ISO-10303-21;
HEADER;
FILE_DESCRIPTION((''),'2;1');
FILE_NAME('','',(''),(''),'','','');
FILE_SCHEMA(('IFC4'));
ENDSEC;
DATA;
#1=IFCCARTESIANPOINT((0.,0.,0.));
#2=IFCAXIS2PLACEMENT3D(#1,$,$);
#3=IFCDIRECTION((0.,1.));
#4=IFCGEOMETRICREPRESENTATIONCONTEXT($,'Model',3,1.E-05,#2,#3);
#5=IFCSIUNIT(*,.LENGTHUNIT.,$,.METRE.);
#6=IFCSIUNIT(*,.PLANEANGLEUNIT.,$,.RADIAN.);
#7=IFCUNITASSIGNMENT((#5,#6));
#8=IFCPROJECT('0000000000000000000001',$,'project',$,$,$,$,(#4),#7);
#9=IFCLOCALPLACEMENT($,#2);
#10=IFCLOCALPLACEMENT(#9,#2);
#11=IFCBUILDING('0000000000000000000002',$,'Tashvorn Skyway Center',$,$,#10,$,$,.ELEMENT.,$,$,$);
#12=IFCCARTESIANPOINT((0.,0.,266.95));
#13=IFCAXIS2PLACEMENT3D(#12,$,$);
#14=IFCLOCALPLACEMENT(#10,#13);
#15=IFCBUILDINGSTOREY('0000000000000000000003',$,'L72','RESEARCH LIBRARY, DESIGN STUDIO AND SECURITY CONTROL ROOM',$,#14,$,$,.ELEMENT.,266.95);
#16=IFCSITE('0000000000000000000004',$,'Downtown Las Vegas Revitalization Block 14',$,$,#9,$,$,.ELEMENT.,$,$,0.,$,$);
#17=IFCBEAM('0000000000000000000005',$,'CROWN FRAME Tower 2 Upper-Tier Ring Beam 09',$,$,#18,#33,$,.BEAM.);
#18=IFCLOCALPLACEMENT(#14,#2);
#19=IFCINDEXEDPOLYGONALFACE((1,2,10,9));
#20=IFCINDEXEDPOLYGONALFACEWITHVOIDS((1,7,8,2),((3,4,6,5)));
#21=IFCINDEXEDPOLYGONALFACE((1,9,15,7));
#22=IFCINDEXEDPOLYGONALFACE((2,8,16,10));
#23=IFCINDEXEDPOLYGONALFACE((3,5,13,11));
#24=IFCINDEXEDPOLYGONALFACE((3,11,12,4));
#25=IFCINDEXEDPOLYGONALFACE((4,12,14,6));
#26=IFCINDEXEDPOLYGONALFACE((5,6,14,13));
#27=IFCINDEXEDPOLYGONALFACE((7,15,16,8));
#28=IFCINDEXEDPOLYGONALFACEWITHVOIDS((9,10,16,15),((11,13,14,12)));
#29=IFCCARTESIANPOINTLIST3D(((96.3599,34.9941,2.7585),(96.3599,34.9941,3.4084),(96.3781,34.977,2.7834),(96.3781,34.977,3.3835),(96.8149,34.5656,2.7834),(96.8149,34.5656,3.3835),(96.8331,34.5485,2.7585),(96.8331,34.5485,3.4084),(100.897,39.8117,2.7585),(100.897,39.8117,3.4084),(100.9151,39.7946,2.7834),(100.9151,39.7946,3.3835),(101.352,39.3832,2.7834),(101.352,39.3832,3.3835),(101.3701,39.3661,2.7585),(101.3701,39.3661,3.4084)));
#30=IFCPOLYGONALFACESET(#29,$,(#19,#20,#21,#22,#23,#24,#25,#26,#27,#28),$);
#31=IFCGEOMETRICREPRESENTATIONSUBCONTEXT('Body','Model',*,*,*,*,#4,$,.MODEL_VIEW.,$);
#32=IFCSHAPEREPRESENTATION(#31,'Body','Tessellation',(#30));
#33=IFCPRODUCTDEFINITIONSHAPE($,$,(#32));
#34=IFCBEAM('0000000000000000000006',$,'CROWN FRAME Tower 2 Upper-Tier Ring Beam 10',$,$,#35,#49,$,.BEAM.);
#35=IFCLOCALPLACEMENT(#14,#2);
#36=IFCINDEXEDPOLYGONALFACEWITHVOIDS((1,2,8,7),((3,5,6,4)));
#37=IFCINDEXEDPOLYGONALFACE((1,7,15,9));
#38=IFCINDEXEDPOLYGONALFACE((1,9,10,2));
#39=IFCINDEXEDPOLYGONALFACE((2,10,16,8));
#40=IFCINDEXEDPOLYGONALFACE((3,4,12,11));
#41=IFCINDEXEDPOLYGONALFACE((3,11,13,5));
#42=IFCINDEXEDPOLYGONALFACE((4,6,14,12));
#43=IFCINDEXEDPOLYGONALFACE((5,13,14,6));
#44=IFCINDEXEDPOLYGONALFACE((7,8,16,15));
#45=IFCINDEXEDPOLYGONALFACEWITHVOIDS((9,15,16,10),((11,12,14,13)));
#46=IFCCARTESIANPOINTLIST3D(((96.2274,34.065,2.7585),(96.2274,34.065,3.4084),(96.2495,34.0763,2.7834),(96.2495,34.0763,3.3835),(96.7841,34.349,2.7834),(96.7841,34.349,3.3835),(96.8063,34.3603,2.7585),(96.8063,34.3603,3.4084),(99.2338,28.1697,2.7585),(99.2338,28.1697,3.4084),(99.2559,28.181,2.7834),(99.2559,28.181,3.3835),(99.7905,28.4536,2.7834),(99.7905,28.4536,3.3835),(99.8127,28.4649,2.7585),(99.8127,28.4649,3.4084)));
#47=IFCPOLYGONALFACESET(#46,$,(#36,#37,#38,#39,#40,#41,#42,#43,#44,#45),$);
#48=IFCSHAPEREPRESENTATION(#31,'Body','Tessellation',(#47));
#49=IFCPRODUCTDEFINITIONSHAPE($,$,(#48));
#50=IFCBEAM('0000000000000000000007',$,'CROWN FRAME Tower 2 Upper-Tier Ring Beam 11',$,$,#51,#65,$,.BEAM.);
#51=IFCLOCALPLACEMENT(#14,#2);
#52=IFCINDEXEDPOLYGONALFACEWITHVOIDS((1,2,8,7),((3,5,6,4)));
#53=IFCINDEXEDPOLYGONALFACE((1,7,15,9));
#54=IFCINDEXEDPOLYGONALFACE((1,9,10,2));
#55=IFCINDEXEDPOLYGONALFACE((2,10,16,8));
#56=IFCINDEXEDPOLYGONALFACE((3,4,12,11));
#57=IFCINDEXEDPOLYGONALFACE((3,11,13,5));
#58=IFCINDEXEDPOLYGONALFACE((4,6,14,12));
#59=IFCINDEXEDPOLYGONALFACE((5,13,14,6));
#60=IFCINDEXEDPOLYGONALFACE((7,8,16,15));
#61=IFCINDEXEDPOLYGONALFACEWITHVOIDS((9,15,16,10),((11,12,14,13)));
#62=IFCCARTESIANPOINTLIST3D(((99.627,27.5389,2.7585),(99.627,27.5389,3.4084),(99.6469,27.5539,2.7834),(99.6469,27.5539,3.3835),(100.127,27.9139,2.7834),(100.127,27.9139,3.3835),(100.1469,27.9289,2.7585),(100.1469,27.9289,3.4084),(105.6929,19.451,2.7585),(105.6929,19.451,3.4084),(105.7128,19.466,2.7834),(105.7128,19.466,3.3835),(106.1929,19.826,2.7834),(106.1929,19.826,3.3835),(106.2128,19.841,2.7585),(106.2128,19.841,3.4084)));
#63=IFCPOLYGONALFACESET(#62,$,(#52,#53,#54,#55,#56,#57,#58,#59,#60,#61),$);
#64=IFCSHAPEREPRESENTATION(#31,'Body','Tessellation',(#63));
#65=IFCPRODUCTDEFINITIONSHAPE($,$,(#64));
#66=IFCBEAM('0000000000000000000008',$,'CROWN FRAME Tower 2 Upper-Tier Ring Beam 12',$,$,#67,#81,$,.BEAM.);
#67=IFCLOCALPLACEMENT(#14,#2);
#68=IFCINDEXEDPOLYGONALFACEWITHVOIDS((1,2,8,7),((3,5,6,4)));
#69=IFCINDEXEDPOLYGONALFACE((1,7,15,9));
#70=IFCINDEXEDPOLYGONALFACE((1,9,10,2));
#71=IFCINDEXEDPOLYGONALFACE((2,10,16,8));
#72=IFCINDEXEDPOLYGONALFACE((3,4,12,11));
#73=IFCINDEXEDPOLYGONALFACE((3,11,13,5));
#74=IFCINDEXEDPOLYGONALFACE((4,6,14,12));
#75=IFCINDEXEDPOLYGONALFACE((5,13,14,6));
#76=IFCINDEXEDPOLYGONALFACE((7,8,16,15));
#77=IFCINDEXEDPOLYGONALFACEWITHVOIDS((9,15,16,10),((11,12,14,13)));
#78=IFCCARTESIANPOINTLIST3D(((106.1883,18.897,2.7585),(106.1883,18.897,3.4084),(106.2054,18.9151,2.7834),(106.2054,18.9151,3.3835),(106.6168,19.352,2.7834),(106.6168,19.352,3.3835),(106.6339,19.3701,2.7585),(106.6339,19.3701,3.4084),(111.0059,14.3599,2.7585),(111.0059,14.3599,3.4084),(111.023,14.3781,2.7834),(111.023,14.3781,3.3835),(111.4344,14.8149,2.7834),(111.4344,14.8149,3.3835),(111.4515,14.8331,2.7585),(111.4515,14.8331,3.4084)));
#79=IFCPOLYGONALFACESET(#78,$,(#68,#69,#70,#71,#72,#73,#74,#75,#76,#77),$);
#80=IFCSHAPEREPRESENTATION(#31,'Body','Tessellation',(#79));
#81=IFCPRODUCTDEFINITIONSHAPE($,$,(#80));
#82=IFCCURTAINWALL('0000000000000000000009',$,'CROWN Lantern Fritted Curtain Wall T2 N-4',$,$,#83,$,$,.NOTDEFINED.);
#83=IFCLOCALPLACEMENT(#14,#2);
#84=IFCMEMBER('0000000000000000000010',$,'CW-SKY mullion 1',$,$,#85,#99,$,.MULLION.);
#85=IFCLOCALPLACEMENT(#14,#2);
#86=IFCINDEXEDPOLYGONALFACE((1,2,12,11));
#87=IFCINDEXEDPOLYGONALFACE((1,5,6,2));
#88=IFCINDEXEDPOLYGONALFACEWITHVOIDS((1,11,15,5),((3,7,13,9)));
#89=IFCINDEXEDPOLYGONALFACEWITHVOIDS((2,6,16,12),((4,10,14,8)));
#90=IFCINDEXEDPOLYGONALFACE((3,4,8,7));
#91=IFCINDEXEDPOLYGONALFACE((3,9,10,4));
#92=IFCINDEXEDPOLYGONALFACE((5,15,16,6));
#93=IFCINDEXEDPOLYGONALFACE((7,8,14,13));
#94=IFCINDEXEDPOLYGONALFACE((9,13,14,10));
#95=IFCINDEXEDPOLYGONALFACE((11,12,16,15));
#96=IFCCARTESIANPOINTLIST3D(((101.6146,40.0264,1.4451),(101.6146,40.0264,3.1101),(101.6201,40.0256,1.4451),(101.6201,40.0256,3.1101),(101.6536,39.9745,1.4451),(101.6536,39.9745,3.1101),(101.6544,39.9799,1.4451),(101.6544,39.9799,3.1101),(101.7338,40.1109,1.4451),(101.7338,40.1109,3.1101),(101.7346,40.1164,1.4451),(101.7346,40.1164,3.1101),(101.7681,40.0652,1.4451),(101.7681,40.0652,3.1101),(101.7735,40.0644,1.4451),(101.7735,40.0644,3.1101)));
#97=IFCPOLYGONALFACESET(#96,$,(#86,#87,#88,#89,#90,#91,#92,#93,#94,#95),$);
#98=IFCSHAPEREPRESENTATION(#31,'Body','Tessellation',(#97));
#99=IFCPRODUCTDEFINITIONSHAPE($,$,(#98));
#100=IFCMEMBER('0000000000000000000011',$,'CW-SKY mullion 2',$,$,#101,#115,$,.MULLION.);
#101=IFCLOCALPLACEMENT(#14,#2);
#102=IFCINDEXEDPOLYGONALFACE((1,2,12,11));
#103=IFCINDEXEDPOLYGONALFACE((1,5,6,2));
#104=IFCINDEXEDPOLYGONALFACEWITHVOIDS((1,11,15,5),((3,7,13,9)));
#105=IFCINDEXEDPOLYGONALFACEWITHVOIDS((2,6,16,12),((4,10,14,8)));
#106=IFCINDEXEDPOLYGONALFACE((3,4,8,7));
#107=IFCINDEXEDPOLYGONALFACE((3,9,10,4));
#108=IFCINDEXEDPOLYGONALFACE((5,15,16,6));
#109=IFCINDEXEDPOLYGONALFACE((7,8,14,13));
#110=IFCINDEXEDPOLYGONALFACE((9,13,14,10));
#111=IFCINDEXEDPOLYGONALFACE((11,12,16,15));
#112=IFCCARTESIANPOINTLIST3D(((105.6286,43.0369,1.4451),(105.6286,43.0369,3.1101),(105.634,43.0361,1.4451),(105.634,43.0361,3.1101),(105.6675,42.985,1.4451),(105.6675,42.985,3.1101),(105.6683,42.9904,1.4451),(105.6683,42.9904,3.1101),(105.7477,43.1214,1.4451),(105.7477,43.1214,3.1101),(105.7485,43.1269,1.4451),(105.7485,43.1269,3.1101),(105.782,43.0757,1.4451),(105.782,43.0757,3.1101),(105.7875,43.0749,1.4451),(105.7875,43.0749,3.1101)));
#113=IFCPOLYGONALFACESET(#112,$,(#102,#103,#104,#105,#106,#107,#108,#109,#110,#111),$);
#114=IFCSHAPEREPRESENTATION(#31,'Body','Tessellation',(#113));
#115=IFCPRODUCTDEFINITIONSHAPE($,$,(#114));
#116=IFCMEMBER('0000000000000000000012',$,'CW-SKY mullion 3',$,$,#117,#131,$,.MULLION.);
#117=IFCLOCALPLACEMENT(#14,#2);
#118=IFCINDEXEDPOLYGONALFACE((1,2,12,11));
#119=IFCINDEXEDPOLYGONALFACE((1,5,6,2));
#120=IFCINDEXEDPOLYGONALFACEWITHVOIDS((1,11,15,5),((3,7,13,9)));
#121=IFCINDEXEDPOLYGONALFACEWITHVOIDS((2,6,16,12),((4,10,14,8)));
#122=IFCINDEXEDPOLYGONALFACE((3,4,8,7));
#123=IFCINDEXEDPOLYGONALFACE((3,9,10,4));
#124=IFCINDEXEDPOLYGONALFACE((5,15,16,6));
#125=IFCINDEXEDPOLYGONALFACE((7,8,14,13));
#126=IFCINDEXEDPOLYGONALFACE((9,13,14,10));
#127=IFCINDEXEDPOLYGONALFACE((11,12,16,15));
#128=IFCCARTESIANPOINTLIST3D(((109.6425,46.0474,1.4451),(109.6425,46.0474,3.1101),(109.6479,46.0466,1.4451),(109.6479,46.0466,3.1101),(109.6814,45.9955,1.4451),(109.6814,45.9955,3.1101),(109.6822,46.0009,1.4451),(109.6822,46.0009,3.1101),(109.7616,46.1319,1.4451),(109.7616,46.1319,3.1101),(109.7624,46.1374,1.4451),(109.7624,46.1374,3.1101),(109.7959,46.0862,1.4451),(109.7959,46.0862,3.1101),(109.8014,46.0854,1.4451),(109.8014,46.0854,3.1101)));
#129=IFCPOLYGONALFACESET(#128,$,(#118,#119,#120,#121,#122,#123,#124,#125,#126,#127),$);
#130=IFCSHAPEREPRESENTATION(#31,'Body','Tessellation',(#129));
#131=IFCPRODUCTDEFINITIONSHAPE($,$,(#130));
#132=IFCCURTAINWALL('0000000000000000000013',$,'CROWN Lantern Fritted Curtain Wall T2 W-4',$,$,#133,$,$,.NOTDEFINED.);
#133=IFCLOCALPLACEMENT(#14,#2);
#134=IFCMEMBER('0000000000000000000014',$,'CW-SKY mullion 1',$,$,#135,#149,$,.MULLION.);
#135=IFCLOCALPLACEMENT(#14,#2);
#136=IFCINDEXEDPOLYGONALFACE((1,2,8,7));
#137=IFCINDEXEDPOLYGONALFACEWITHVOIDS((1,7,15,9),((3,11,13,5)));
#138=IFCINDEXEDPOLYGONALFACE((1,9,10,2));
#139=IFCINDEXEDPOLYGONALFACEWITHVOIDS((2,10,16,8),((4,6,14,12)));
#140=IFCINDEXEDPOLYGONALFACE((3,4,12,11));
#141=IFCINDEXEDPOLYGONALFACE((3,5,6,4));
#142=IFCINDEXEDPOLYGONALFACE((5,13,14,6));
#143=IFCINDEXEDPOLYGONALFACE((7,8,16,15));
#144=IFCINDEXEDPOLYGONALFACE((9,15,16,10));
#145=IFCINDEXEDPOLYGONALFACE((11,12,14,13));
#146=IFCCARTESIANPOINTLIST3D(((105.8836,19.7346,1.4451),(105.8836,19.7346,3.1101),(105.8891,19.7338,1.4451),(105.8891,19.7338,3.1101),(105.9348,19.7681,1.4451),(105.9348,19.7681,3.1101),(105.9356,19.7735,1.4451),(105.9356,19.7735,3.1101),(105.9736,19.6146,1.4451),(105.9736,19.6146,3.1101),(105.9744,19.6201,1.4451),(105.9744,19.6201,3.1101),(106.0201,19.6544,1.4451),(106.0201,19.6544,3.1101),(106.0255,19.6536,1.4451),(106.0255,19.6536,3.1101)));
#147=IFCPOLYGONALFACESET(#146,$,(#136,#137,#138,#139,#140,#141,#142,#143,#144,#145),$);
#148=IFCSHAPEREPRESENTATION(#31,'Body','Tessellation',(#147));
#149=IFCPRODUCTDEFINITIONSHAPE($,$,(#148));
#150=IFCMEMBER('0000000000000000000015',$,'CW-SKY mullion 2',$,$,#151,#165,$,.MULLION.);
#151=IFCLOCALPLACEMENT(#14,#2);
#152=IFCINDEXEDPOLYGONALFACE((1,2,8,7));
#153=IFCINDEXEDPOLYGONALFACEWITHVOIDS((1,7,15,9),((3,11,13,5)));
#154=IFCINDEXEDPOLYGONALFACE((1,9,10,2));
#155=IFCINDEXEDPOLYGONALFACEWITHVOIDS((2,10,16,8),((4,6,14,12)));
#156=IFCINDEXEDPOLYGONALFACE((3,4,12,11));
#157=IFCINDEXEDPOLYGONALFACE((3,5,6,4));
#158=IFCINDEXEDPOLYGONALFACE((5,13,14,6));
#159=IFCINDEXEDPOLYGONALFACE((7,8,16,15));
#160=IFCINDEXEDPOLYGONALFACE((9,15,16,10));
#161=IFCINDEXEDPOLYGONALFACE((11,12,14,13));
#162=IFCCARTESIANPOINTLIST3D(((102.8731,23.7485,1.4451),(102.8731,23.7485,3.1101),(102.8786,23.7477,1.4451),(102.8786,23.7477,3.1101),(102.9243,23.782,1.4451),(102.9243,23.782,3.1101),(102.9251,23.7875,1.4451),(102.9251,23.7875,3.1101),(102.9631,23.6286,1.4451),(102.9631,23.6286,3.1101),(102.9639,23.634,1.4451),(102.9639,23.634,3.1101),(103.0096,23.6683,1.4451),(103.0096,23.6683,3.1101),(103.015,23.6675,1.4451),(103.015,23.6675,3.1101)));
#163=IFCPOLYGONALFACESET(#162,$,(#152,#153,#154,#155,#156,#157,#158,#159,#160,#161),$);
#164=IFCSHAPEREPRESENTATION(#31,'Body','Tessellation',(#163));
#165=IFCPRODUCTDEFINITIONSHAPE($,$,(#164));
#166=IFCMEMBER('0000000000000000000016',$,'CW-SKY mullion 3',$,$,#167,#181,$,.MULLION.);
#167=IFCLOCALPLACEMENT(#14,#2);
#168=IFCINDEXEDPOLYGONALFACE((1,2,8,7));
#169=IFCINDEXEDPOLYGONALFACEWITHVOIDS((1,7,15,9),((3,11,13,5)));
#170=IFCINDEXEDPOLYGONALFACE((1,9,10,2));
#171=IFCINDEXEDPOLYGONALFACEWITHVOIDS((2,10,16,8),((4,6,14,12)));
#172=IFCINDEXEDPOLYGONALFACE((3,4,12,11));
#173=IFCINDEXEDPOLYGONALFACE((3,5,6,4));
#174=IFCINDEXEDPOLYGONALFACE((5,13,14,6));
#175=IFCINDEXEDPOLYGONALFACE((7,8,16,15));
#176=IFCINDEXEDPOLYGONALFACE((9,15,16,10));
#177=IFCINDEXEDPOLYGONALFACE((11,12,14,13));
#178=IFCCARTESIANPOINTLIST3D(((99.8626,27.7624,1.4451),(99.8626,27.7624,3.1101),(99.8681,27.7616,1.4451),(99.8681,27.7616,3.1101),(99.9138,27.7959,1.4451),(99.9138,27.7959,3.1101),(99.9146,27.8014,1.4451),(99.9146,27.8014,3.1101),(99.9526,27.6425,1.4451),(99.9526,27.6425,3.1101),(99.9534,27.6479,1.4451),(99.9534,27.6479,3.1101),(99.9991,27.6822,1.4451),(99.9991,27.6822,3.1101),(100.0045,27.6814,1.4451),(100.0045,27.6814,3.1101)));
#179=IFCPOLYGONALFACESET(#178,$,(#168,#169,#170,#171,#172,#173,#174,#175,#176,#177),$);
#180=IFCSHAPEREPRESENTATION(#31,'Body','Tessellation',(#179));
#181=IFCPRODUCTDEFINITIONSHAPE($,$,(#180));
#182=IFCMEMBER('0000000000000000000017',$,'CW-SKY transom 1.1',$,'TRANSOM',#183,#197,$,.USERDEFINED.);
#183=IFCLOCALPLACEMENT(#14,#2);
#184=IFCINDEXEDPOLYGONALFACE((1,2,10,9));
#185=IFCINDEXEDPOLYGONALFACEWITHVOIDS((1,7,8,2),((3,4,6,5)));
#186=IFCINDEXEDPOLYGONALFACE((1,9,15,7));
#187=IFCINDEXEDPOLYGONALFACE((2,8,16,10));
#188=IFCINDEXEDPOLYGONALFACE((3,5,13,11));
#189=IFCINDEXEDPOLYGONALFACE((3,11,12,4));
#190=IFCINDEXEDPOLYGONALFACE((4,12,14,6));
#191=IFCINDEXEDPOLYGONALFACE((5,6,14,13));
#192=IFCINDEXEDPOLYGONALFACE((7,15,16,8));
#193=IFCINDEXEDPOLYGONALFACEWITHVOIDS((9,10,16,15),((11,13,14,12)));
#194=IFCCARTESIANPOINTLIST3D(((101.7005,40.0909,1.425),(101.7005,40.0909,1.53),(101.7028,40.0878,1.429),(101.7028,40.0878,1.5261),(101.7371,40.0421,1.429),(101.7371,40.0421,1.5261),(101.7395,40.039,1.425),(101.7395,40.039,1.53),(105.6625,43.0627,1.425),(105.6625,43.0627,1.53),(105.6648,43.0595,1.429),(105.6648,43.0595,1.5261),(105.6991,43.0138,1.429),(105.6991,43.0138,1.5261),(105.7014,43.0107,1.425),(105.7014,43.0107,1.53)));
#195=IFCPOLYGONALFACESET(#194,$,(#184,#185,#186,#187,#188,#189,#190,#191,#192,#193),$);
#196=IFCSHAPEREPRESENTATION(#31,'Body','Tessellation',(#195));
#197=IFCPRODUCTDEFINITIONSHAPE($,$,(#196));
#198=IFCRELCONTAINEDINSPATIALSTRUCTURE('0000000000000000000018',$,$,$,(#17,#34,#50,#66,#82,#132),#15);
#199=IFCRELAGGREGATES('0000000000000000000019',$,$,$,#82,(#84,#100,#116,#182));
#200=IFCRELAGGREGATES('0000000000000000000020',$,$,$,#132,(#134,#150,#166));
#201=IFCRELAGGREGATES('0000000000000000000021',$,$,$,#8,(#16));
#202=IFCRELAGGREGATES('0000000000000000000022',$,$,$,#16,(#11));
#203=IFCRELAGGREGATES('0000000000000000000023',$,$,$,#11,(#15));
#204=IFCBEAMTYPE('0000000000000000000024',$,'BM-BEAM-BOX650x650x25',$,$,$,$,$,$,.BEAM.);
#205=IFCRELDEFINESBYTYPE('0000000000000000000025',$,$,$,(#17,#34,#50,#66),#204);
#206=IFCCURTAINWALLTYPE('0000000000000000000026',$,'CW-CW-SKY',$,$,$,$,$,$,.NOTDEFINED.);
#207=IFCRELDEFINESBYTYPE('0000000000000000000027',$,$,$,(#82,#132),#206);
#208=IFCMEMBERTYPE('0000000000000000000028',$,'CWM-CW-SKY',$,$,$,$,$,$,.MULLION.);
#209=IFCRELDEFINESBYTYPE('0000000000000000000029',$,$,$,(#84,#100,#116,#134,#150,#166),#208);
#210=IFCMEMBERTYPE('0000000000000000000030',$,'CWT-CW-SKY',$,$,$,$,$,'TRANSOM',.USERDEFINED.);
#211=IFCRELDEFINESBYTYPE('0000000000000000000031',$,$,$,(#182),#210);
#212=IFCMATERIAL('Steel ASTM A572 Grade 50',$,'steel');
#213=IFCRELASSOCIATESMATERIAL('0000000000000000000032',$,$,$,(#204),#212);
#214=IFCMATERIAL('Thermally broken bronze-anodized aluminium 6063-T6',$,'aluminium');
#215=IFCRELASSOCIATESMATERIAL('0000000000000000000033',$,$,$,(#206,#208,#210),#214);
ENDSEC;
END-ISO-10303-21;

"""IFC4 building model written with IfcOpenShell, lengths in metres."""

from ifc_helpers import new_model, si_unit, direction, frame, origin, origin_2d, place, context, subcontext, project, spatial, hollow_rectangle, extrude, material, material_profile, profile_set, type_object, element, aggregate, save


model = new_model("IFC4")

# Units and contexts
model_context = context("Model", 3, precision=1e-05, world=origin(), true_north=direction((0.0, 1.0)))
body_context = subcontext(model_context, "Body", "Model", "MODEL_VIEW")
ifc_project = project(units=[si_unit("LENGTHUNIT", "METRE"), si_unit("PLANEANGLEUNIT", "RADIAN")], contexts=[model_context])

# Site, building, storey
site_placement = place(None, origin())
site = spatial("IfcSite", under=ifc_project, at=site_placement, Name="Downtown Las Vegas Revitalization Block 14", CompositionType="ELEMENT", RefElevation=0.0)
building_placement = place(site_placement, origin())
building = spatial("IfcBuilding", under=site, at=building_placement, Name="Tashvorn Skyway Center", CompositionType="ELEMENT")
storey_placement = place(building_placement, frame((0.0, 0.0, 266.95)))
storey = spatial("IfcBuildingStorey", under=building, at=storey_placement, Name="L72", Description="RESEARCH LIBRARY, DESIGN STUDIO AND SECURITY CONTROL ROOM", CompositionType="ELEMENT", Elevation=266.95)

# Beams
ifc_material_1 = material(Name="Steel ASTM A572 Grade 50", Category="steel")
ifc_material_profile_1 = material_profile(ifc_material_1, hollow_rectangle(XDim=0.6499, YDim=0.6499, WallThickness=0.0249, at=origin_2d()), Name="BOX650x650x25")
ifc_profile_set_1 = profile_set([ifc_material_profile_1], Name="Steel ASTM A572 Grade 50")
beam_type = type_object("IfcBeamType", Name="BM-BEAM-BOX650x650x25", PredefinedType="BEAM", material=ifc_profile_set_1)
for number, where, z_axis, x_axis, name in (
    (1, (101.1335, 39.5889, 3.0835), (-0.685595, -0.727983, 0.0), (0.727983, -0.685595, 0.0), "CROWN FRAME Tower 2 Upper-Tier Ring Beam 09"),
    (2, (96.5168, 34.2126, 3.0835), (0.454298, -0.89085, 0.0), (0.89085, 0.454298, 0.0), "CROWN FRAME Tower 2 Upper-Tier Ring Beam 10"),
):
    element("IfcBeam", number, at=place(storey_placement, frame(where, z_axis=z_axis, x_axis=x_axis)), inside=storey, type_object=beam_type, Name=name, PredefinedType="BEAM", context=body_context, shape_type="SweptSolid", body=[
        extrude(hollow_rectangle(XDim=0.6499, YDim=0.6499, WallThickness=0.0249, at=origin_2d()), origin(), (0.0, 0.0, 1.0), 6.6177),
    ])
beam_1_placement = place(storey_placement, frame((99.887, 27.7339, 3.0835), z_axis=(0.6, -0.8, 0.0), x_axis=(0.8, 0.6, 0.0)))
element("IfcBeam", 3, at=beam_1_placement, inside=storey, type_object=beam_type, Name="CROWN FRAME Tower 2 Upper-Tier Ring Beam 11", PredefinedType="BEAM", context=body_context, shape_type="SweptSolid", body=[
    extrude(hollow_rectangle(XDim=0.6499, YDim=0.6499, WallThickness=0.0249, at=origin_2d()), origin(), (0.0, 0.0, 1.0), 10.1099),
])
beam_2_placement = place(storey_placement, frame((106.4111, 19.1335, 3.0835), z_axis=(0.727983, -0.685595, 0.0), x_axis=(0.685595, 0.727983, 0.0)))
element("IfcBeam", 4, at=beam_2_placement, inside=storey, type_object=beam_type, Name="CROWN FRAME Tower 2 Upper-Tier Ring Beam 12", PredefinedType="BEAM", context=body_context, shape_type="SweptSolid", body=[
    extrude(hollow_rectangle(XDim=0.6499, YDim=0.6499, WallThickness=0.0249, at=origin_2d()), origin(), (0.0, 0.0, 1.0), 6.6177),
])

# Curtain walls, members
ifc_material_2 = material(Name="Thermally broken bronze-anodized aluminium 6063-T6", Category="aluminium")
curtain_wall_type = type_object("IfcCurtainWallType", Name="CW-CW-SKY", PredefinedType="NOTDEFINED", material=ifc_material_2)
curtain_wall_1_placement = place(storey_placement, origin())
curtain_wall_1 = element("IfcCurtainWall", 5, at=curtain_wall_1_placement, inside=storey, type_object=curtain_wall_type, Name="CROWN Lantern Fritted Curtain Wall T2 N-4", PredefinedType="NOTDEFINED")
ifc_material_profile_2 = material_profile(ifc_material_2, hollow_rectangle(XDim=0.0649, YDim=0.1499, WallThickness=0.0039, at=origin_2d()), Name="ALU-MULL-65x150")
ifc_profile_set_2 = profile_set([ifc_material_profile_2], Name="Thermally broken bronze-anodized aluminium 6063-T6")
member_type_1 = type_object("IfcMemberType", Name="CWM-CW-SKY", PredefinedType="MULLION", material=ifc_profile_set_2)
member_1_placement = place(storey_placement, frame((101.6941, 40.0454, 1.4451), z_axis=(0.0, 0.0, 1.0), x_axis=(-0.6, 0.8, 0.0)))
member_1 = element("IfcMember", 6, at=member_1_placement, type_object=member_type_1, Name="CW-SKY mullion 1", PredefinedType="MULLION", context=body_context, shape_type="SweptSolid", body=[
    extrude(hollow_rectangle(XDim=0.0649, YDim=0.1499, WallThickness=0.0039, at=origin_2d()), origin(), (0.0, 0.0, 1.0), 1.665),
])
member_2_placement = place(storey_placement, frame((105.708, 43.0559, 1.4451), z_axis=(0.0, 0.0, 1.0), x_axis=(-0.6, 0.8, 0.0)))
member_2 = element("IfcMember", 7, at=member_2_placement, type_object=member_type_1, Name="CW-SKY mullion 2", PredefinedType="MULLION", context=body_context, shape_type="SweptSolid", body=[
    extrude(hollow_rectangle(XDim=0.0649, YDim=0.1499, WallThickness=0.0039, at=origin_2d()), origin(), (0.0, 0.0, 1.0), 1.665),
])
member_3_placement = place(storey_placement, frame((109.7219, 46.0664, 1.4451), z_axis=(0.0, 0.0, 1.0), x_axis=(-0.6, 0.8, 0.0)))
member_3 = element("IfcMember", 8, at=member_3_placement, type_object=member_type_1, Name="CW-SKY mullion 3", PredefinedType="MULLION", context=body_context, shape_type="SweptSolid", body=[
    extrude(hollow_rectangle(XDim=0.0649, YDim=0.1499, WallThickness=0.0039, at=origin_2d()), origin(), (0.0, 0.0, 1.0), 1.665),
])
curtain_wall_2_placement = place(storey_placement, origin())
curtain_wall_2 = element("IfcCurtainWall", 9, at=curtain_wall_2_placement, inside=storey, type_object=curtain_wall_type, Name="CROWN Lantern Fritted Curtain Wall T2 W-4", PredefinedType="NOTDEFINED")
member_4_placement = place(storey_placement, frame((105.9546, 19.6941, 1.4451), z_axis=(0.0, 0.0, 1.0), x_axis=(-0.8, -0.6, 0.0)))
member_4 = element("IfcMember", 10, at=member_4_placement, type_object=member_type_1, Name="CW-SKY mullion 1", PredefinedType="MULLION", context=body_context, shape_type="SweptSolid", body=[
    extrude(hollow_rectangle(XDim=0.0649, YDim=0.1499, WallThickness=0.0039, at=origin_2d()), origin(), (0.0, 0.0, 1.0), 1.665),
])
member_5_placement = place(storey_placement, frame((102.9441, 23.708, 1.4451), z_axis=(0.0, 0.0, 1.0), x_axis=(-0.8, -0.6, 0.0)))
member_5 = element("IfcMember", 11, at=member_5_placement, type_object=member_type_1, Name="CW-SKY mullion 2", PredefinedType="MULLION", context=body_context, shape_type="SweptSolid", body=[
    extrude(hollow_rectangle(XDim=0.0649, YDim=0.1499, WallThickness=0.0039, at=origin_2d()), origin(), (0.0, 0.0, 1.0), 1.665),
])
member_6_placement = place(storey_placement, frame((99.9336, 27.7219, 1.4451), z_axis=(0.0, 0.0, 1.0), x_axis=(-0.8, -0.6, 0.0)))
member_6 = element("IfcMember", 12, at=member_6_placement, type_object=member_type_1, Name="CW-SKY mullion 3", PredefinedType="MULLION", context=body_context, shape_type="SweptSolid", body=[
    extrude(hollow_rectangle(XDim=0.0649, YDim=0.1499, WallThickness=0.0039, at=origin_2d()), origin(), (0.0, 0.0, 1.0), 1.665),
])

# Member
ifc_material_profile_3 = material_profile(ifc_material_2, hollow_rectangle(XDim=0.0649, YDim=0.105, WallThickness=0.0039, at=origin_2d()), Name="ALU-TRAN-65x105")
ifc_profile_set_3 = profile_set([ifc_material_profile_3], Name="Thermally broken bronze-anodized aluminium 6063-T6")
member_type_2 = type_object("IfcMemberType", Name="CWT-CW-SKY", ElementType="TRANSOM", PredefinedType="USERDEFINED", material=ifc_profile_set_3)
member_7_placement = place(storey_placement, frame((101.72, 40.0649, 1.4775), z_axis=(0.799976, 0.600032, 0.0), x_axis=(-0.600032, 0.799976, 0.0)))
member_7 = element("IfcMember", 13, at=member_7_placement, type_object=member_type_2, Name="CW-SKY transom 1.1", ObjectType="TRANSOM", PredefinedType="USERDEFINED", context=body_context, shape_type="SweptSolid", body=[
    extrude(hollow_rectangle(XDim=0.0649, YDim=0.105, WallThickness=0.0039, at=origin_2d()), origin(), (0.0, 0.0, 1.0), 4.9526),
])

aggregate(curtain_wall_1, [member_1, member_2, member_3, member_7])
aggregate(curtain_wall_2, [member_4, member_5, member_6])

save(model, "model.ifc")
